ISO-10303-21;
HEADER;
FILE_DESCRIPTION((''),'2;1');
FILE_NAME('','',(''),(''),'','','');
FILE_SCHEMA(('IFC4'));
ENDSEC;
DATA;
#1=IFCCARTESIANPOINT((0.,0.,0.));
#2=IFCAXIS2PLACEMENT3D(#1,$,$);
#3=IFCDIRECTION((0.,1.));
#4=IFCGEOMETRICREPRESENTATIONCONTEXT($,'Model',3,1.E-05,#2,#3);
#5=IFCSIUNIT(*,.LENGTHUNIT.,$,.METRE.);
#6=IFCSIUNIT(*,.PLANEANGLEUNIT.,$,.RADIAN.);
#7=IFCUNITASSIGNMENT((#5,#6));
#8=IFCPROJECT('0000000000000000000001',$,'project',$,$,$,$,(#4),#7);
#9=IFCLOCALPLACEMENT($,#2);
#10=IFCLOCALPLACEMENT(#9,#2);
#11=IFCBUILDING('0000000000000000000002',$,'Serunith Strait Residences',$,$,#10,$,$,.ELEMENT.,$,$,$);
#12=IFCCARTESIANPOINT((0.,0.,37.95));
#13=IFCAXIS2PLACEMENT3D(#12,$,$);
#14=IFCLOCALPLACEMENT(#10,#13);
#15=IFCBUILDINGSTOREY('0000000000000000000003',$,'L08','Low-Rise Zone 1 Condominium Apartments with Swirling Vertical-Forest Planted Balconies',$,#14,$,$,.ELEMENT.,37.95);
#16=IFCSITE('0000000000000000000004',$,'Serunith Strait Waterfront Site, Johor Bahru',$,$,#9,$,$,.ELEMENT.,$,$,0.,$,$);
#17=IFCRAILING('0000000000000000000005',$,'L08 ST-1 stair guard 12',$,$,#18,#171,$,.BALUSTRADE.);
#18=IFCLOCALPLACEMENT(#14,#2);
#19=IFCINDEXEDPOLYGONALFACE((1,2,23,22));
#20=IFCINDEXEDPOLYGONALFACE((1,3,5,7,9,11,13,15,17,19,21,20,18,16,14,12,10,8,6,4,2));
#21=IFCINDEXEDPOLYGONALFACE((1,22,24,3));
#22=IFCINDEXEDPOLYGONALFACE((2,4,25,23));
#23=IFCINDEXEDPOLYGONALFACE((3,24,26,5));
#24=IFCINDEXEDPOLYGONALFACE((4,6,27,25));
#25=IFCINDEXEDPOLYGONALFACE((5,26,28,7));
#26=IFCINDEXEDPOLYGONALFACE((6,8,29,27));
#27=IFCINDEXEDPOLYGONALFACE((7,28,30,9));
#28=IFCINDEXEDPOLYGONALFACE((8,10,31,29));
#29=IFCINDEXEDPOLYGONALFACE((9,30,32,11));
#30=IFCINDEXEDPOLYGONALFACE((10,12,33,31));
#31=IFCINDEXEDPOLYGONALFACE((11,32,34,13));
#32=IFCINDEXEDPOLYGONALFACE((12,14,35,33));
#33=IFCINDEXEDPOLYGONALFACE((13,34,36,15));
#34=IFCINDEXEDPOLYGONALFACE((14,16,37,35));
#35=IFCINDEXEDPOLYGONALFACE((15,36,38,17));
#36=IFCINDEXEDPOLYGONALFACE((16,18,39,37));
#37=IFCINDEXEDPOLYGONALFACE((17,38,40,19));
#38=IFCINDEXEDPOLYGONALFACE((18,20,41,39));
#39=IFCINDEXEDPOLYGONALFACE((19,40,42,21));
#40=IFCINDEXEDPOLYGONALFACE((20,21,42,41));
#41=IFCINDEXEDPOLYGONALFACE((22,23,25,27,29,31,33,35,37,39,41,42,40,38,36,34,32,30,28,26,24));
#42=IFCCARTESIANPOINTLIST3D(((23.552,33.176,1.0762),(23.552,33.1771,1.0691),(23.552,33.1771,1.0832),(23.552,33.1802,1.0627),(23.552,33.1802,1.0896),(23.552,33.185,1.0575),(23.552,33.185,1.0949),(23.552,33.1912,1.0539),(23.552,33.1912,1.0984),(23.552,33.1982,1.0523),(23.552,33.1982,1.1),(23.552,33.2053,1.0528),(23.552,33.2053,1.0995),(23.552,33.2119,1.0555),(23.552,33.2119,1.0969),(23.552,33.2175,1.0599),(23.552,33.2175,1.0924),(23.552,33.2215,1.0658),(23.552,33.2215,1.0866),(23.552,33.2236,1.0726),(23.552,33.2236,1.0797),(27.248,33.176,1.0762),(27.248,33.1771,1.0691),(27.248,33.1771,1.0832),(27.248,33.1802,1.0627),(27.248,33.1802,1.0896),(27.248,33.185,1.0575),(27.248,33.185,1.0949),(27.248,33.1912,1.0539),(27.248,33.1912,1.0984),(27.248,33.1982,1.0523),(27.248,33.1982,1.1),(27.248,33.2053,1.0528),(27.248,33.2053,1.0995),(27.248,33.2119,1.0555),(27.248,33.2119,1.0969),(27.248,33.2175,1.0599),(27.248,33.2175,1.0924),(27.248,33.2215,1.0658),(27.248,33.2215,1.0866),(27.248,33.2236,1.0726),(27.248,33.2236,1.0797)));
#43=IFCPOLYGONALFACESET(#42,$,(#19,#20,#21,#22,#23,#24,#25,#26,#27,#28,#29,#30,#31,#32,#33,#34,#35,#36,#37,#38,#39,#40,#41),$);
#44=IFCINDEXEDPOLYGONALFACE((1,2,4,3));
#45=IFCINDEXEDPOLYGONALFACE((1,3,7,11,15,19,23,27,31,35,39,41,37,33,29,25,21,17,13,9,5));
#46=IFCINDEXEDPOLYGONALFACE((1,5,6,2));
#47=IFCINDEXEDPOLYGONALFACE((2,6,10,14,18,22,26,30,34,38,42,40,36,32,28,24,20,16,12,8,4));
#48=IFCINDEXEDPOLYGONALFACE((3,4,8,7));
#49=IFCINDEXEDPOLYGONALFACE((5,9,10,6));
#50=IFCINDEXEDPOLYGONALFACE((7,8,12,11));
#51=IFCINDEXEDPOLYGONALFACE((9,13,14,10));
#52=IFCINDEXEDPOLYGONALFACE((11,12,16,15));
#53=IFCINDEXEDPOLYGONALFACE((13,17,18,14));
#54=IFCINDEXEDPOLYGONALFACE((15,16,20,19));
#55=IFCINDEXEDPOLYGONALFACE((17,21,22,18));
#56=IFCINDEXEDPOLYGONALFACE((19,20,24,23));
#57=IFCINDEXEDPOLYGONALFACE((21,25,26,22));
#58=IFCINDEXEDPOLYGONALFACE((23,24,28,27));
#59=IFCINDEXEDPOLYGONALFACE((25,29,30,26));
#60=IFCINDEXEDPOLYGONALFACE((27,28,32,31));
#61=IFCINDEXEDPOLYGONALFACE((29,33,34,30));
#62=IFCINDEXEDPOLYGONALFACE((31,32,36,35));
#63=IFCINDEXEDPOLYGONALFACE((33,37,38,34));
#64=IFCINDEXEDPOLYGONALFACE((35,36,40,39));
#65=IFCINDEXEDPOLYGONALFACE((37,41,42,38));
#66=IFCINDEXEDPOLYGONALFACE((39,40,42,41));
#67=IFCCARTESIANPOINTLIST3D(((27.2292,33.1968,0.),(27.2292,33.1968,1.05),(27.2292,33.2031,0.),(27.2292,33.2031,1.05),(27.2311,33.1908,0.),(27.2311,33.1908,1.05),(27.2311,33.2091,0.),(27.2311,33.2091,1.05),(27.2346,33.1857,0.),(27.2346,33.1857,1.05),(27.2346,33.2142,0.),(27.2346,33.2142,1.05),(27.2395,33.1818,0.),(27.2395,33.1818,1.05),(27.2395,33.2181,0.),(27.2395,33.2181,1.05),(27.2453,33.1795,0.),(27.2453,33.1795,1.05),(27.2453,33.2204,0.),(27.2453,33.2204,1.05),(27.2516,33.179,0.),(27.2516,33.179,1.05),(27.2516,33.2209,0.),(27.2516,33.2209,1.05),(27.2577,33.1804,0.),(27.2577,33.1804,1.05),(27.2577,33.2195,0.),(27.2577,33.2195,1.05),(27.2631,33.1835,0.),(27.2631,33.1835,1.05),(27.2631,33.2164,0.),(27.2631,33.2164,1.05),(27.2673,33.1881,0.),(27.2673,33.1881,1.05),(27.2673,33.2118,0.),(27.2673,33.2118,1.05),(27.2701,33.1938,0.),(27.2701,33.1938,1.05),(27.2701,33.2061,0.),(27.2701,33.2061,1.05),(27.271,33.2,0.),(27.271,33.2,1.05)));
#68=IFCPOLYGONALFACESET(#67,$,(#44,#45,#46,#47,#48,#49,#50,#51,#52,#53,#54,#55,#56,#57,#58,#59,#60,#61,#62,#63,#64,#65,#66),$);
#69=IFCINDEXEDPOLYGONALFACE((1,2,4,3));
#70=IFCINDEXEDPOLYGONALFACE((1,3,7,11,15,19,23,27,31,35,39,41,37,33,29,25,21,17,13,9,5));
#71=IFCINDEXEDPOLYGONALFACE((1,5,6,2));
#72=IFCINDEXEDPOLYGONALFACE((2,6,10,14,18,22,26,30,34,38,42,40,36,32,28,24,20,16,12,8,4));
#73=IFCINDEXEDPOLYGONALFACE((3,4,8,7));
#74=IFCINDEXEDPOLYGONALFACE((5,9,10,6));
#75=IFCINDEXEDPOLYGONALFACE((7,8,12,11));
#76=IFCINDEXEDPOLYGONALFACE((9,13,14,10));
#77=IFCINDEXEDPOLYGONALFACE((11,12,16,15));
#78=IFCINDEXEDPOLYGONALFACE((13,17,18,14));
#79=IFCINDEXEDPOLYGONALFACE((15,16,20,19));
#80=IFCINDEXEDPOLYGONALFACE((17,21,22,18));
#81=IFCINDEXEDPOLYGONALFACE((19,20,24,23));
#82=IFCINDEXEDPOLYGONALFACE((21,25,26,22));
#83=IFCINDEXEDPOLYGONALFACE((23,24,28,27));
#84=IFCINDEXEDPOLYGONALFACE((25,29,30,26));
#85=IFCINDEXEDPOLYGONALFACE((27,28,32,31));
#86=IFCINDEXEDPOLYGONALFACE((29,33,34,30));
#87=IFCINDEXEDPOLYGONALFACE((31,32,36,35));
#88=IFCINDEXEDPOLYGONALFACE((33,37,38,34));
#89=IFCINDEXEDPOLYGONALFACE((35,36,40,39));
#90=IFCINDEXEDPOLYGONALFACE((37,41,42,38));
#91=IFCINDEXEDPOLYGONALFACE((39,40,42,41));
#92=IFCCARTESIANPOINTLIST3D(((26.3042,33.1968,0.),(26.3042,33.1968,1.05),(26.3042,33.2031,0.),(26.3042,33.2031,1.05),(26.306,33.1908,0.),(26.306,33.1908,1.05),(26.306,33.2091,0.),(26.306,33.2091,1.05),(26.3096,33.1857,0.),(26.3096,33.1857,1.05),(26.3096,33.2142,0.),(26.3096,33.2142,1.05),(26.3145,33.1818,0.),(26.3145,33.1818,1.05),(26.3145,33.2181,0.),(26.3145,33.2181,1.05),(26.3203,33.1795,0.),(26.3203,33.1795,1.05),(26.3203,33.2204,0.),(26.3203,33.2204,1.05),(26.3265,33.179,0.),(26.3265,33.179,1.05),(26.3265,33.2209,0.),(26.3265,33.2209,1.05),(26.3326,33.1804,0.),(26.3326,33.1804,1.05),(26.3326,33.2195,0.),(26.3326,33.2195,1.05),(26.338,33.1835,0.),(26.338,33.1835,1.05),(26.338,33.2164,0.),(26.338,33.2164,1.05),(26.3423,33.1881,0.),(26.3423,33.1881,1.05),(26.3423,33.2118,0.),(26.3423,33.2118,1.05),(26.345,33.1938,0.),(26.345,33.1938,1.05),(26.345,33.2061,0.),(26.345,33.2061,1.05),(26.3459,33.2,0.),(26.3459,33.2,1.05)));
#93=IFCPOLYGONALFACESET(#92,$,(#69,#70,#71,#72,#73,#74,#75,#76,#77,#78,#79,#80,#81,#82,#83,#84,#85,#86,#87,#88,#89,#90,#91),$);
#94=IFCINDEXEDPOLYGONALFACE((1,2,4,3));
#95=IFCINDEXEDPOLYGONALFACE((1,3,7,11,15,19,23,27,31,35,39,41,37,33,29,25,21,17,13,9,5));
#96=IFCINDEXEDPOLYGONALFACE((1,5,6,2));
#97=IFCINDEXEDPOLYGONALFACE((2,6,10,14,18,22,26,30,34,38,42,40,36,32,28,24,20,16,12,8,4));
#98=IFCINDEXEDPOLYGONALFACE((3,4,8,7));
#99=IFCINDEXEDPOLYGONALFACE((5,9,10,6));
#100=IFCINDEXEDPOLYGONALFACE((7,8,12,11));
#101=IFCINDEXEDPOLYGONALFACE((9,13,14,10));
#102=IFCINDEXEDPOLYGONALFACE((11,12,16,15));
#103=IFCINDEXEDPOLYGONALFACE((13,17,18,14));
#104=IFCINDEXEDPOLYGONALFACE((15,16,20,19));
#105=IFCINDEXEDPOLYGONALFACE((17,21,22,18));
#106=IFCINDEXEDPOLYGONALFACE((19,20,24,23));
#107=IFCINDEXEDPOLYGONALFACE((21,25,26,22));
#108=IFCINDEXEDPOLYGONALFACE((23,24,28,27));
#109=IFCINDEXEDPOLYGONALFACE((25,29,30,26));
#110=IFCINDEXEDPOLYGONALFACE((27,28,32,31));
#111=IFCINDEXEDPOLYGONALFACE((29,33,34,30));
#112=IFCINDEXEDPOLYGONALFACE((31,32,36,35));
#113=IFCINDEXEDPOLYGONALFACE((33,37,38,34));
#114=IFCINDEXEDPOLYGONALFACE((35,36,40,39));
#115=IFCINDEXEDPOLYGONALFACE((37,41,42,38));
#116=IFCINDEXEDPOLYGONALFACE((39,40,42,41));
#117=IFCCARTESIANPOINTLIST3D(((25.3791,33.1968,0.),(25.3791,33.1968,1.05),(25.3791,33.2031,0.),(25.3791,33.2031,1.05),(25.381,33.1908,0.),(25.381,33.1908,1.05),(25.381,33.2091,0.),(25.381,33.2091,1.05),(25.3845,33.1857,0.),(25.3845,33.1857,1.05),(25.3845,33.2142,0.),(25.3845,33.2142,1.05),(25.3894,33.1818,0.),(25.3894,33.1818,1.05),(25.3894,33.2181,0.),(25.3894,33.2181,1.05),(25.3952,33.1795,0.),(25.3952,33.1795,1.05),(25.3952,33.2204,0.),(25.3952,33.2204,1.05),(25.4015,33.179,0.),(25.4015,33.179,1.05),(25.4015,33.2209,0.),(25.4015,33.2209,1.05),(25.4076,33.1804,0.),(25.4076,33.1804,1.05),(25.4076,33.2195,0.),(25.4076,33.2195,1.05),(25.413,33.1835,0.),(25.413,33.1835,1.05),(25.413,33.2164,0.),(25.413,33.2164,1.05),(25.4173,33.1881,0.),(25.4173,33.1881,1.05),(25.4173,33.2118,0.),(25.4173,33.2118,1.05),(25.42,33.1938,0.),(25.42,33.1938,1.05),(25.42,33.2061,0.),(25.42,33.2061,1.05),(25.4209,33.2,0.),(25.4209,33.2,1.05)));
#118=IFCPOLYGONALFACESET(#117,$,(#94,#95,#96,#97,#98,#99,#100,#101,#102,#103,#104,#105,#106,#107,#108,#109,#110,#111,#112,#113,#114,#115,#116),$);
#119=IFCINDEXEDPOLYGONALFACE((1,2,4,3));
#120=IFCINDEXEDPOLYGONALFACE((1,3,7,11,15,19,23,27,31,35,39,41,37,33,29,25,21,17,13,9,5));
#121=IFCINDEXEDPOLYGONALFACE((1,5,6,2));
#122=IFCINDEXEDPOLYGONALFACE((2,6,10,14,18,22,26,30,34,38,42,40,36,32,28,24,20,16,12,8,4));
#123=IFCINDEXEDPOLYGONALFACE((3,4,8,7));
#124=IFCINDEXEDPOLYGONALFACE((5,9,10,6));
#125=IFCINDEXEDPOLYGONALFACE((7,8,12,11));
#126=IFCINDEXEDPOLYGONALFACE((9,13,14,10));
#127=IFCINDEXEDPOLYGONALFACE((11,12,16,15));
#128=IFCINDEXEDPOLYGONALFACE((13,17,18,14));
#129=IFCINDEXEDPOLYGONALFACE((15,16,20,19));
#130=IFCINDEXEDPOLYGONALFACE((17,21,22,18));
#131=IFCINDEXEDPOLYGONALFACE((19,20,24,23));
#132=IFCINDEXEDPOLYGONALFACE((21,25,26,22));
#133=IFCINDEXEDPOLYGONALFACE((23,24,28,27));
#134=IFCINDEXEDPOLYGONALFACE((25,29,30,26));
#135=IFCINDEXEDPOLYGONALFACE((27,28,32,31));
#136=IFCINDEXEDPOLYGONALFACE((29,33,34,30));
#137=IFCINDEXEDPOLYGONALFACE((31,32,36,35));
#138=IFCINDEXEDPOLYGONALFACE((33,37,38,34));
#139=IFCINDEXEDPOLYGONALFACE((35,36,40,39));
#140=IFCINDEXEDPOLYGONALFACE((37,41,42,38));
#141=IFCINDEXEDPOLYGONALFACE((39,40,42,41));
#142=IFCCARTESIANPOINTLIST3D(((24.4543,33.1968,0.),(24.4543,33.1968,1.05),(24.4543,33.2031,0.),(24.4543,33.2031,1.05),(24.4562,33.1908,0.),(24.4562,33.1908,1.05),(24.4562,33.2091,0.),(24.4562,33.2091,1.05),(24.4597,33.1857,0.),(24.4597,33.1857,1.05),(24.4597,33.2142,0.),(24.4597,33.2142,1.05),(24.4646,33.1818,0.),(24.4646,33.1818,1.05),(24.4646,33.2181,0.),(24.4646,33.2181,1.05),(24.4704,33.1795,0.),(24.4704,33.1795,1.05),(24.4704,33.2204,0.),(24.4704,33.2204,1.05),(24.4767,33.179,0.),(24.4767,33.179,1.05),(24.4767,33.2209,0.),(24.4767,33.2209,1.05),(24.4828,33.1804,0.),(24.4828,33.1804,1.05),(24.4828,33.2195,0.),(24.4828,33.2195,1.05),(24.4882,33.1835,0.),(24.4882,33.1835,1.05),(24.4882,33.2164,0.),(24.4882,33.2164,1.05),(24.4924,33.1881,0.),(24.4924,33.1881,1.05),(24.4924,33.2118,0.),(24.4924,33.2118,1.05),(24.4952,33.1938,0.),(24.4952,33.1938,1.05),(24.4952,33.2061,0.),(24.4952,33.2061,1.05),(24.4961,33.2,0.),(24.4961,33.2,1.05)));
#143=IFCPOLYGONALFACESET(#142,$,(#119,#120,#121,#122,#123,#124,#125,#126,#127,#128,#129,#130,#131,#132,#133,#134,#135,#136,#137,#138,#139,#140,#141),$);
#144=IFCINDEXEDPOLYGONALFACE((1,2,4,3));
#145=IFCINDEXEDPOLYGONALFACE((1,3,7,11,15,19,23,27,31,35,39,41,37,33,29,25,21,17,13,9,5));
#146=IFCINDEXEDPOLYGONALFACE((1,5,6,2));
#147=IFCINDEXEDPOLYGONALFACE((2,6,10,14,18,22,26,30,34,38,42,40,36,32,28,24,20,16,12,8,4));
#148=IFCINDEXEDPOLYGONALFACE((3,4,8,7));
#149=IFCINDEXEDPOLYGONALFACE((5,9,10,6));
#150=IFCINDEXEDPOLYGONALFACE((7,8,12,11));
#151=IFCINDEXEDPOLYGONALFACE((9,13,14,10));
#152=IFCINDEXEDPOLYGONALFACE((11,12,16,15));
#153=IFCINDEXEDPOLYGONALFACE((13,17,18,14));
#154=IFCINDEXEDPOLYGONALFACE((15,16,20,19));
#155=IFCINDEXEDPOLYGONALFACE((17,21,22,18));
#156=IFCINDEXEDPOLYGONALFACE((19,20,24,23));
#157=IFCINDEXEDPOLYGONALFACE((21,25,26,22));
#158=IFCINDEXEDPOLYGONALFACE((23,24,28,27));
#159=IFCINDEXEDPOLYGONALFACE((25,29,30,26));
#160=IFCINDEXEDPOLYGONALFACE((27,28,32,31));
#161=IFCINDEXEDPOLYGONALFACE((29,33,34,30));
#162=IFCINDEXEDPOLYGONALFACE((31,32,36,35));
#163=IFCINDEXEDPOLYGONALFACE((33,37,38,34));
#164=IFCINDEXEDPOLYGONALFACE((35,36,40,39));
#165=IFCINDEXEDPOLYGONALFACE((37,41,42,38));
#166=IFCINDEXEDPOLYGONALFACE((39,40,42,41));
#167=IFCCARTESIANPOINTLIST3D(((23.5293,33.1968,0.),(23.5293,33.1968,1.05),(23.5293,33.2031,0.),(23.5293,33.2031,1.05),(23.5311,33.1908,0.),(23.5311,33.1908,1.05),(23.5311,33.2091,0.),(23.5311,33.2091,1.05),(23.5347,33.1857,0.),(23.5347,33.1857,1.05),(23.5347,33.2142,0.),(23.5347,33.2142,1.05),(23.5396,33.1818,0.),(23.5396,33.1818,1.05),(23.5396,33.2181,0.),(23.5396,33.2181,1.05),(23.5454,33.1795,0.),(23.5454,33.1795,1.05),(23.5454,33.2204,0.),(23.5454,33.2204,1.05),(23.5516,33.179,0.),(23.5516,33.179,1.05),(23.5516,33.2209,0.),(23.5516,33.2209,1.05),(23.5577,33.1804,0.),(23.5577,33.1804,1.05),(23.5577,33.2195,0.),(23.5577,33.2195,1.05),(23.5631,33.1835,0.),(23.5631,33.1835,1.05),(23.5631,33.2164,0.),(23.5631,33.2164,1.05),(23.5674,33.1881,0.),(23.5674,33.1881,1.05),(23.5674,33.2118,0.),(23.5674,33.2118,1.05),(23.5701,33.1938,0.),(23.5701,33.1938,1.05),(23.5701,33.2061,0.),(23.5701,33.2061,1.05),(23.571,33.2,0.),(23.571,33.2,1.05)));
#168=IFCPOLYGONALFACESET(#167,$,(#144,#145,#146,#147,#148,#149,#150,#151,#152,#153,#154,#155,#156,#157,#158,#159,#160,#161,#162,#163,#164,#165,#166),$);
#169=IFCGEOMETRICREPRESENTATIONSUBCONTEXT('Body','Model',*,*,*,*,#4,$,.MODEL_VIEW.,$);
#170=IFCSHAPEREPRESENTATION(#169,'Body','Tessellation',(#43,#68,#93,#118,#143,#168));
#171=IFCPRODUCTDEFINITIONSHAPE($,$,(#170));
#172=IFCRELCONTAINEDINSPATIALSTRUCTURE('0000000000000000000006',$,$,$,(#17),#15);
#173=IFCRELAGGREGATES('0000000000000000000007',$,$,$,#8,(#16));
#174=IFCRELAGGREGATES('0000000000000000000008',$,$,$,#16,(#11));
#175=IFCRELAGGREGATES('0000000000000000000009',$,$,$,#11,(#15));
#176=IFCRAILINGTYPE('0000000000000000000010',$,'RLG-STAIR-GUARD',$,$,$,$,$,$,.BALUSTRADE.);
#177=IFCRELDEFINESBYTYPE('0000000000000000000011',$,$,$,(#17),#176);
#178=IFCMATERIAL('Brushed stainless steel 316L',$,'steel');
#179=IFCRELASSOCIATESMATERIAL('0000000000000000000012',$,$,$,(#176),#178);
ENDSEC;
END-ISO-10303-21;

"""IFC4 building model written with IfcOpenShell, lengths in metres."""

from ifc_helpers import new_model, si_unit, direction, frame, origin, origin_2d, place, context, subcontext, project, spatial, circle, extrude, material, type_object, element, save


model = new_model("IFC4")

# Units and contexts
model_context = context("Model", 3, precision=1e-05, world=origin(), true_north=direction((0.0, 1.0)))
body_context = subcontext(model_context, "Body", "Model", "MODEL_VIEW")
ifc_project = project(units=[si_unit("LENGTHUNIT", "METRE"), si_unit("PLANEANGLEUNIT", "RADIAN")], contexts=[model_context])

# Site, building, storey
site_placement = place(None, origin())
site = spatial("IfcSite", under=ifc_project, at=site_placement, Name="Serunith Strait Waterfront Site, Johor Bahru", CompositionType="ELEMENT", RefElevation=0.0)
building_placement = place(site_placement, origin())
building = spatial("IfcBuilding", under=site, at=building_placement, Name="Serunith Strait Residences", CompositionType="ELEMENT")
storey_placement = place(building_placement, frame((0.0, 0.0, 37.95)))
storey = spatial("IfcBuildingStorey", under=building, at=storey_placement, Name="L08", Description="Low-Rise Zone 1 Condominium Apartments with Swirling Vertical-Forest Planted Balconies", CompositionType="ELEMENT", Elevation=37.95)

# Railing
ifc_material_1 = material(Name="Brushed stainless steel 316L", Category="steel")
railing_type_1 = type_object("IfcRailingType", Name="RLG-STAIR-GUARD", PredefinedType="BALUSTRADE", material=ifc_material_1)
railing_1_placement = place(storey_placement, frame((27.25, 33.2, 0.0)))
element("IfcRailing", 1, at=railing_1_placement, inside=storey, type_object=railing_type_1, Name="L08 ST-1 stair guard 12", PredefinedType="BALUSTRADE", context=body_context, shape_type="SweptSolid", body=[
    extrude(circle(Radius=0.0239, at=origin_2d()), frame((-0.002, 0.0, 1.0762), z_axis=(-1.0, 0.0, 0.0), x_axis=(0.0, -1.0, 0.0)), (0.0, 0.0, 1.0), 3.696),
    extrude(circle(Radius=0.021, at=origin_2d()), origin(), (0.0, 0.0, 1.0), 1.05),
    extrude(circle(Radius=0.021, at=origin_2d()), frame((-0.925, 0.0, 0.0)), (0.0, 0.0, 1.0), 1.05),
    extrude(circle(Radius=0.021, at=origin_2d()), frame((-1.8501, 0.0, 0.0)), (0.0, 0.0, 1.0), 1.05),
    extrude(circle(Radius=0.021, at=origin_2d()), frame((-2.7749, 0.0, 0.0)), (0.0, 0.0, 1.0), 1.05),
    extrude(circle(Radius=0.021, at=origin_2d()), frame((-3.7, 0.0, 0.0)), (0.0, 0.0, 1.0), 1.05),
])

save(model, "model.ifc")
